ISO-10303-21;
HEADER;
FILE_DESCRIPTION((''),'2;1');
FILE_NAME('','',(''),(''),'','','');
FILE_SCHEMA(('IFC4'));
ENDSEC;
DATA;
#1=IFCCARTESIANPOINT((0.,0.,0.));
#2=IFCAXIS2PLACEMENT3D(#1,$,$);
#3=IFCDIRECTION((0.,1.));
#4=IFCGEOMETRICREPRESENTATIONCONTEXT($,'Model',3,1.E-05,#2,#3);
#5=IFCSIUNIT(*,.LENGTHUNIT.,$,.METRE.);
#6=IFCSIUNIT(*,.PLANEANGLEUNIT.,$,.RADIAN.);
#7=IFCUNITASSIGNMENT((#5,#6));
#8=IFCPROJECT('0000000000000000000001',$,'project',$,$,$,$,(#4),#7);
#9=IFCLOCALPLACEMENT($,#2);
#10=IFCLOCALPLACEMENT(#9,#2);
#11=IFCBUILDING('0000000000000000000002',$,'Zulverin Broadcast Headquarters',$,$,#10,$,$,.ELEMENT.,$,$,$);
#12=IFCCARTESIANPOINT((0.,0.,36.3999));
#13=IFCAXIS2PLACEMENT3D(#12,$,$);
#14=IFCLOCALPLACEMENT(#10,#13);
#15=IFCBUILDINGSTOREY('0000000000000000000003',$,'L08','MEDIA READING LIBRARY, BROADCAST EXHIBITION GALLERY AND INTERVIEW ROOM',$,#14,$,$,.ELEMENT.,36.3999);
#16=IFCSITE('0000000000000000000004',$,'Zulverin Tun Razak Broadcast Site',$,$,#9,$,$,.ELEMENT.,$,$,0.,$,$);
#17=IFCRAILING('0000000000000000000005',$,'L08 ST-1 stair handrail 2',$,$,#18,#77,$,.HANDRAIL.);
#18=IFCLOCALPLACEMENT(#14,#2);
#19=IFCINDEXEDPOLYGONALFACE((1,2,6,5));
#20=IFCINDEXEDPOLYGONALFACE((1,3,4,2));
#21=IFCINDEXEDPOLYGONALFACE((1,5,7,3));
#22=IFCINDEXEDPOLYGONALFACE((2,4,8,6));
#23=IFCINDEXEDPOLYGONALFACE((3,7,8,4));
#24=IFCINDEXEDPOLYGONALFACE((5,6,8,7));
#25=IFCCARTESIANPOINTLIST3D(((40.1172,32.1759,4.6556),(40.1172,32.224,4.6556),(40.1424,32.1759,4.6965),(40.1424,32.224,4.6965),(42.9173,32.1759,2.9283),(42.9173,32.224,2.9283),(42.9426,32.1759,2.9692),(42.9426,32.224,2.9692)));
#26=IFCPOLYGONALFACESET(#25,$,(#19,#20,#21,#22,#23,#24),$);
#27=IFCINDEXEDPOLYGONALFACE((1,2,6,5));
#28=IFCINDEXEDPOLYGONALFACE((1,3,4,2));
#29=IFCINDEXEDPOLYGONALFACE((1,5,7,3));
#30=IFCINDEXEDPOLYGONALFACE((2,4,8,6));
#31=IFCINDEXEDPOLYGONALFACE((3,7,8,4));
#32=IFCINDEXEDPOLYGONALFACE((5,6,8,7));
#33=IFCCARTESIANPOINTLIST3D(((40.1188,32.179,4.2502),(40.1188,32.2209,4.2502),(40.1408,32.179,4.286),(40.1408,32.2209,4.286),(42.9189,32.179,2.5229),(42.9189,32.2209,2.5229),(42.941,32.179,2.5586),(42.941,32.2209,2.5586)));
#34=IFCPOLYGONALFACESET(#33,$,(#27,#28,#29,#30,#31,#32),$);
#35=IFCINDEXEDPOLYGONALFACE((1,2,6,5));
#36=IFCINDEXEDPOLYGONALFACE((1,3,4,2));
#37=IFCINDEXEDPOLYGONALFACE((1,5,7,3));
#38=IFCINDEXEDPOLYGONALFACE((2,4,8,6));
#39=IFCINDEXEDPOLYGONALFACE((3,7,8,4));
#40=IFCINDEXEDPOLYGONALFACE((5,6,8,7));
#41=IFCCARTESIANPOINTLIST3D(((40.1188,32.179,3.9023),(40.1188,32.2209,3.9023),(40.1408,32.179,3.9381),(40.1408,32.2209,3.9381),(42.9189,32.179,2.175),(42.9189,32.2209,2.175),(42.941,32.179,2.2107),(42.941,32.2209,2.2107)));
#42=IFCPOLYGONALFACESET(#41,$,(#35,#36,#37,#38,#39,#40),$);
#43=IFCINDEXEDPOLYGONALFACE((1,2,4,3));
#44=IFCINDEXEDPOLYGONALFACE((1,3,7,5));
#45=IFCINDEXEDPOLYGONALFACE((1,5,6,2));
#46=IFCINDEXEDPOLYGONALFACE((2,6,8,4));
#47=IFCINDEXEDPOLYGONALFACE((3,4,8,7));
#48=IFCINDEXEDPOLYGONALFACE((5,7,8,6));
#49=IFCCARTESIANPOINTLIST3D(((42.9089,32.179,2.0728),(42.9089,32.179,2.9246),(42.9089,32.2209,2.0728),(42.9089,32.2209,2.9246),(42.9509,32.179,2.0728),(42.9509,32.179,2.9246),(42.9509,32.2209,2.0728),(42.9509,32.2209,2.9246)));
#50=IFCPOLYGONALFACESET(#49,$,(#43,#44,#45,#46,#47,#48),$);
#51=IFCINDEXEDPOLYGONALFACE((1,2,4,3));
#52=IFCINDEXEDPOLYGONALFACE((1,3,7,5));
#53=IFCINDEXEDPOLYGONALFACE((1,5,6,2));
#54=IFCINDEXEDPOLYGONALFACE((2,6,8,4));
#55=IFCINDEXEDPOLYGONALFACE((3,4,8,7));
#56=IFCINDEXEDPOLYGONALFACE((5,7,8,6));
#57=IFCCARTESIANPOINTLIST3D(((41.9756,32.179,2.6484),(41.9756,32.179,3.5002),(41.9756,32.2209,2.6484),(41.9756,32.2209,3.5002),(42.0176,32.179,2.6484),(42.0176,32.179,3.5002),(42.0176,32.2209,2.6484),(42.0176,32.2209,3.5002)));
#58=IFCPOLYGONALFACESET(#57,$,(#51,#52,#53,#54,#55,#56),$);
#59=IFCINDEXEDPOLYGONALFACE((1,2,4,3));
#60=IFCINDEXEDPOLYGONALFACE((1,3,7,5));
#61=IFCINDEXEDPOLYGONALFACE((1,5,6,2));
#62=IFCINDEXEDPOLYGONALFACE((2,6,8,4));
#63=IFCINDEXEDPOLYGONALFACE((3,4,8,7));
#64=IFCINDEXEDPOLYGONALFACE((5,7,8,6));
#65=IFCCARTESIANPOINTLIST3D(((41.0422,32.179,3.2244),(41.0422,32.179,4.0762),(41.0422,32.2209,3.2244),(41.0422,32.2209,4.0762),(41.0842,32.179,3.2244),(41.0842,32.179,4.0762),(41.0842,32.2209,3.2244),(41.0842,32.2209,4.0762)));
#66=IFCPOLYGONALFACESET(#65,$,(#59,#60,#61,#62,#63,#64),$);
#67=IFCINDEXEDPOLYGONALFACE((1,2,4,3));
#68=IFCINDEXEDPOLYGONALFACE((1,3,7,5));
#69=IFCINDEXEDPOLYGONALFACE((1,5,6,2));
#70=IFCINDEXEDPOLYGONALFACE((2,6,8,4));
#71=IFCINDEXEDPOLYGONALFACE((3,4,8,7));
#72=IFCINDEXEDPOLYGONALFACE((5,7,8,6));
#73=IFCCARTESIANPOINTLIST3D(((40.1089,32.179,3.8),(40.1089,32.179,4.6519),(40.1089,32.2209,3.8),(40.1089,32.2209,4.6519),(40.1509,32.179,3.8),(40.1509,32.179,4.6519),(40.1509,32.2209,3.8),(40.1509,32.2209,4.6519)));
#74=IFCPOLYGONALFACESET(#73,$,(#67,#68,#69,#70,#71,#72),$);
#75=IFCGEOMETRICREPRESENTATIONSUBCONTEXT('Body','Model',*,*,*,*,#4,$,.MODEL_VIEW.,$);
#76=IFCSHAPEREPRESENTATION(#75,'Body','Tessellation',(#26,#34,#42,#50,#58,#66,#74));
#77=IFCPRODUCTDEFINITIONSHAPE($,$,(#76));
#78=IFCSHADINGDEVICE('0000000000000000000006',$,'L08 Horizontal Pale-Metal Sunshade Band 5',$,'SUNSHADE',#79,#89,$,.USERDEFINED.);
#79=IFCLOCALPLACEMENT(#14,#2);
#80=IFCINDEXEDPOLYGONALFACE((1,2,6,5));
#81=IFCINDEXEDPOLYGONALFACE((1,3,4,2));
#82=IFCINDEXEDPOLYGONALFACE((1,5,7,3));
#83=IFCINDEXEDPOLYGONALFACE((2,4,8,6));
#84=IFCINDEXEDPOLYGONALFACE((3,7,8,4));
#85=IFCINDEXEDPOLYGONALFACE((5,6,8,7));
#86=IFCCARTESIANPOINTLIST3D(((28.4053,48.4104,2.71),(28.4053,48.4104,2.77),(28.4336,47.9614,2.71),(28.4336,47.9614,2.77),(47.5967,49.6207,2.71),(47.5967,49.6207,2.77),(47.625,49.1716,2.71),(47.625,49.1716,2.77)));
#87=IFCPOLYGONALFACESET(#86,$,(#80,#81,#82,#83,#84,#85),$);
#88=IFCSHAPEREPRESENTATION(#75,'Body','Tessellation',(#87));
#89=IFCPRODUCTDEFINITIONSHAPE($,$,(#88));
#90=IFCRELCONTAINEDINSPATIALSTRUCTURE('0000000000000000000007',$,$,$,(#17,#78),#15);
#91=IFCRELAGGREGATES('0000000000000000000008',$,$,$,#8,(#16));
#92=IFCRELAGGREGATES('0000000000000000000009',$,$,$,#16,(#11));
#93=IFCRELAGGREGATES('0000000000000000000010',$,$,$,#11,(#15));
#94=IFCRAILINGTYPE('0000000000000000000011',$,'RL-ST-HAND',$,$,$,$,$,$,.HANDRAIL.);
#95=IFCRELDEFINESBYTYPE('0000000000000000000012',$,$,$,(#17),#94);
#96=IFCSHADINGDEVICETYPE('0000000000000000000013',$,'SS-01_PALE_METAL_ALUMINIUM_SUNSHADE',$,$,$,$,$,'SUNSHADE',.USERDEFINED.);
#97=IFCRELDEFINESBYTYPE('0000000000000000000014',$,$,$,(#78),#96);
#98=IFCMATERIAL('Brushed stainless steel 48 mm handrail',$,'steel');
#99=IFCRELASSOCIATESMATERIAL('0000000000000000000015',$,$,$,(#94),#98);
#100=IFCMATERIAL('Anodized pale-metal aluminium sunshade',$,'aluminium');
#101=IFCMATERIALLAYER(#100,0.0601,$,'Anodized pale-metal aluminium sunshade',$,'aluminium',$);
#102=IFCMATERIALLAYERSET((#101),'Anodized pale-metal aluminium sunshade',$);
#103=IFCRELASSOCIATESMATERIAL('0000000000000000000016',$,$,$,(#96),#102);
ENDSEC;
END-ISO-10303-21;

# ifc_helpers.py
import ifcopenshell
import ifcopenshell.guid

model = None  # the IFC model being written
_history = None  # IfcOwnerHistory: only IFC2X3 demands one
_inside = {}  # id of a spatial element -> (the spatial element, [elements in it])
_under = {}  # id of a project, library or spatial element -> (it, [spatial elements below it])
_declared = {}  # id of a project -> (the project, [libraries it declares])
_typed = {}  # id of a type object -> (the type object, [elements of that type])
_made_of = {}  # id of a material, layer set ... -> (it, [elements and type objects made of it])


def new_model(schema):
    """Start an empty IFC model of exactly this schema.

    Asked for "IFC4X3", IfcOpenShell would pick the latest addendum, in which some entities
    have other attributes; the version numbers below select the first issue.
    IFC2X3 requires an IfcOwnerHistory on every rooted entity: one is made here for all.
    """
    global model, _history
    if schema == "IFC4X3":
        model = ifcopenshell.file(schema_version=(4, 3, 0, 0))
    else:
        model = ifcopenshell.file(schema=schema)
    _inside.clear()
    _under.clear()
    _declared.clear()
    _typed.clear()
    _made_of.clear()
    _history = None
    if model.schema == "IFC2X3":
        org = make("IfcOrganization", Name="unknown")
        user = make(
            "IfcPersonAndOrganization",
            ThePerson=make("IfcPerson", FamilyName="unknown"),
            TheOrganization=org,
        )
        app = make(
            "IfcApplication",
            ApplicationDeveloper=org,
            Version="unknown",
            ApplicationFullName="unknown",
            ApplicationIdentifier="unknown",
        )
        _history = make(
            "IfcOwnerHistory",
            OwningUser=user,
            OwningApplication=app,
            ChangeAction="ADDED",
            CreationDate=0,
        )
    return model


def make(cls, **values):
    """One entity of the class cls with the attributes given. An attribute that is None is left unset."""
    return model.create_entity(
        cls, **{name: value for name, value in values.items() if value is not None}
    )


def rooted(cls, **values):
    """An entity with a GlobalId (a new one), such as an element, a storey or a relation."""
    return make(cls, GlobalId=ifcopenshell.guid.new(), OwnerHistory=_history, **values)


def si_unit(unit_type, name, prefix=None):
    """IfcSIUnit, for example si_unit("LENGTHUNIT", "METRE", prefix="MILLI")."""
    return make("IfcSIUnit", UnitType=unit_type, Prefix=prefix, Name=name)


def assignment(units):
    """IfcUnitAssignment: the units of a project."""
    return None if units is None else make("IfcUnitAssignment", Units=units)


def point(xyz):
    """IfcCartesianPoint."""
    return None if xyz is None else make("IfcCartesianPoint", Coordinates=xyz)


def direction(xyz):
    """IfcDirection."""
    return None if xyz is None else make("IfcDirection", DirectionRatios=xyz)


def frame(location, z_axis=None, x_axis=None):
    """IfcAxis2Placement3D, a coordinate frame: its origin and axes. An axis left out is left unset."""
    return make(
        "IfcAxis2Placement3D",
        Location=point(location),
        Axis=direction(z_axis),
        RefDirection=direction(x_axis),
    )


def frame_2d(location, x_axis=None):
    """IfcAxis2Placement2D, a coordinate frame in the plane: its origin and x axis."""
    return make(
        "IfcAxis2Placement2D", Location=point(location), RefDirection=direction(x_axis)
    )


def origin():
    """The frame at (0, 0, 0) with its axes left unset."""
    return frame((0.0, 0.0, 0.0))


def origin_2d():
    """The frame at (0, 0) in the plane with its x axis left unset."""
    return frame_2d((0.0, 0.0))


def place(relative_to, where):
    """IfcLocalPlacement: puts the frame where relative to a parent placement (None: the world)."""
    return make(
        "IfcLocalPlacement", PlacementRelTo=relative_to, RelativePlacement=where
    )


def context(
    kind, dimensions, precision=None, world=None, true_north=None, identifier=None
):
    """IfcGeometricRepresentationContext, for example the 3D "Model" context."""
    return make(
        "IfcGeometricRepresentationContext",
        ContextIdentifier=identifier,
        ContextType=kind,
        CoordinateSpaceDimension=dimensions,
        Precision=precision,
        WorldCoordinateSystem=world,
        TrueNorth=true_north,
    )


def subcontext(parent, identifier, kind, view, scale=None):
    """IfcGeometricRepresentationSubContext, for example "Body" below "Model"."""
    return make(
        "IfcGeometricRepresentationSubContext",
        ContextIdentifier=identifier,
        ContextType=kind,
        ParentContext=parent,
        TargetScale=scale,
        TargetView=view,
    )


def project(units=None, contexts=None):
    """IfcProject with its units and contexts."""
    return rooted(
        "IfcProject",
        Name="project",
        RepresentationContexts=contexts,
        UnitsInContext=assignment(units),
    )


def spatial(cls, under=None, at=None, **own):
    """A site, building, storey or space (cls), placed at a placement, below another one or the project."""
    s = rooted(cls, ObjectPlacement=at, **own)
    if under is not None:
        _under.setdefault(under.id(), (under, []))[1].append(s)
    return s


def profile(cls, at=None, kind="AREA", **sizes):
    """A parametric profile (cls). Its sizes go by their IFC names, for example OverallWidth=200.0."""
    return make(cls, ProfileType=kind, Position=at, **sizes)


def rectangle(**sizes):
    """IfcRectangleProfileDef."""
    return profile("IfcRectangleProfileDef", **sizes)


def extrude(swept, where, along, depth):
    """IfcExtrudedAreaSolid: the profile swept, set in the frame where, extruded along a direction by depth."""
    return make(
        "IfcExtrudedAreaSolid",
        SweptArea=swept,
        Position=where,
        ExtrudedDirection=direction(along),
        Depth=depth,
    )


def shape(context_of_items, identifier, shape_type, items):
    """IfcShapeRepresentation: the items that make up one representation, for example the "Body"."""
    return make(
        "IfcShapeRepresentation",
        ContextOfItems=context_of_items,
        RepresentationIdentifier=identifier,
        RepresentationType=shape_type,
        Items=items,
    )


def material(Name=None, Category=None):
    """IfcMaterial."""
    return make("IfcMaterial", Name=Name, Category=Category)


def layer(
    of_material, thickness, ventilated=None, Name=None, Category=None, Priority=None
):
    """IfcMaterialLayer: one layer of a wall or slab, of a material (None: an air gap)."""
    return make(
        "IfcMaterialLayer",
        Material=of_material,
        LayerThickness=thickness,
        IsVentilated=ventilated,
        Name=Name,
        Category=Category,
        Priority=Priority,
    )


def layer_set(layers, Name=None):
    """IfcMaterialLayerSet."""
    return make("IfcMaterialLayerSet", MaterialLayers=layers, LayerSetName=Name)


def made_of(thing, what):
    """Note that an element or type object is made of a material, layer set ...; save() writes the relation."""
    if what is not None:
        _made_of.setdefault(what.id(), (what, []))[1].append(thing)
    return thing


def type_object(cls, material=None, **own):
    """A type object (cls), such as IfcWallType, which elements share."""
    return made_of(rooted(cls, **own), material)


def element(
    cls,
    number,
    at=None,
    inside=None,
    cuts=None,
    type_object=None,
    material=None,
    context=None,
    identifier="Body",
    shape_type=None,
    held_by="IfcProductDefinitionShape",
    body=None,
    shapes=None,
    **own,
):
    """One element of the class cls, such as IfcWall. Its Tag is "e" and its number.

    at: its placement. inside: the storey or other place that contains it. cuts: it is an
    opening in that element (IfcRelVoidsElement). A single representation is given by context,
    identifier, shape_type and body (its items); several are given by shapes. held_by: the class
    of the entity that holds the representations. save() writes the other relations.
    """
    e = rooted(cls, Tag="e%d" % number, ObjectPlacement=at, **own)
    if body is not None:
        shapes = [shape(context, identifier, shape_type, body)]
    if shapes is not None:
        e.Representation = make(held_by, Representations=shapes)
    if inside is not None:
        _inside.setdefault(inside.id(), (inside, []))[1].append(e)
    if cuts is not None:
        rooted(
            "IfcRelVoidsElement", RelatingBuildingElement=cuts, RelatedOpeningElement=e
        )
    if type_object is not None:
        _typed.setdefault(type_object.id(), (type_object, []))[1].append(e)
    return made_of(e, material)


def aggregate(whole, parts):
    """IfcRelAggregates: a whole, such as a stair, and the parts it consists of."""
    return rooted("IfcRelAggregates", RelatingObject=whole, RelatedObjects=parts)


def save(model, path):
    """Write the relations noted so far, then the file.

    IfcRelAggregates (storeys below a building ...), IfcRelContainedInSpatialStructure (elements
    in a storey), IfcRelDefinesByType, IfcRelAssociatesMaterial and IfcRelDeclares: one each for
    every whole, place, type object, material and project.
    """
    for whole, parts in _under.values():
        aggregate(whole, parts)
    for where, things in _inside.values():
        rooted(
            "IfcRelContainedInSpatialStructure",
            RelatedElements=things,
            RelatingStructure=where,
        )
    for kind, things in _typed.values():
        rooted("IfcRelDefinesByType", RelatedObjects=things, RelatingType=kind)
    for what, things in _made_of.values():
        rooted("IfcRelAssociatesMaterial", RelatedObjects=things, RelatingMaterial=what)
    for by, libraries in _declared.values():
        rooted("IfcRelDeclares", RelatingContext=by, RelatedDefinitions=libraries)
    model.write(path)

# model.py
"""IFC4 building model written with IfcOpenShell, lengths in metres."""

from ifc_helpers import new_model, si_unit, direction, frame, origin, origin_2d, place, context, subcontext, project, spatial, rectangle, extrude, material, layer, layer_set, type_object, element, save


model = new_model("IFC4")

# Units and contexts
model_context = context("Model", 3, precision=1e-05, world=origin(), true_north=direction((0.0, 1.0)))
body_context = subcontext(model_context, "Body", "Model", "MODEL_VIEW")
ifc_project = project(units=[si_unit("LENGTHUNIT", "METRE"), si_unit("PLANEANGLEUNIT", "RADIAN")], contexts=[model_context])

# Site, building, storey
site_placement = place(None, origin())
site = spatial("IfcSite", under=ifc_project, at=site_placement, Name="Zulverin Tun Razak Broadcast Site", CompositionType="ELEMENT", RefElevation=0.0)
building_placement = place(site_placement, origin())
building = spatial("IfcBuilding", under=site, at=building_placement, Name="Zulverin Broadcast Headquarters", CompositionType="ELEMENT")
storey_placement = place(building_placement, frame((0.0, 0.0, 36.3999)))
storey = spatial("IfcBuildingStorey", under=building, at=storey_placement, Name="L08", Description="MEDIA READING LIBRARY, BROADCAST EXHIBITION GALLERY AND INTERVIEW ROOM", CompositionType="ELEMENT", Elevation=36.3999)

# Railing
ifc_material_1 = material(Name="Brushed stainless steel 48 mm handrail", Category="steel")
railing_type_1 = type_object("IfcRailingType", Name="RL-ST-HAND", PredefinedType="HANDRAIL", material=ifc_material_1)
railing_1_placement = place(storey_placement, frame((42.9299, 32.2, 2.0728)))
element("IfcRailing", 1, at=railing_1_placement, inside=storey, type_object=railing_type_1, Name="L08 ST-1 stair handrail 2", PredefinedType="HANDRAIL", context=body_context, shape_type="SweptSolid", body=[
    extrude(rectangle(XDim=0.0481, YDim=0.0481, at=origin_2d()), frame((0.0, 0.0, 0.876), z_axis=(-0.85109, 0.0, 0.52502), x_axis=(0.0, -1.0, 0.0)), (0.0, 0.0, 1.0), 3.29),
    extrude(rectangle(XDim=0.042, YDim=0.042, at=origin_2d()), frame((0.0, 0.0, 0.468), z_axis=(-0.85109, 0.0, 0.52502), x_axis=(0.0, -1.0, 0.0)), (0.0, 0.0, 1.0), 3.29),
    extrude(rectangle(XDim=0.042, YDim=0.042, at=origin_2d()), frame((0.0, 0.0, 0.1201), z_axis=(-0.85109, 0.0, 0.52502), x_axis=(0.0, -1.0, 0.0)), (0.0, 0.0, 1.0), 3.29),
    extrude(rectangle(XDim=0.042, YDim=0.042, at=origin_2d()), origin(), (0.0, 0.0, 1.0), 0.8518),
    extrude(rectangle(XDim=0.042, YDim=0.042, at=origin_2d()), frame((-0.9333, 0.0, 0.5757)), (0.0, 0.0, 1.0), 0.8518),
    extrude(rectangle(XDim=0.042, YDim=0.042, at=origin_2d()), frame((-1.8667, 0.0, 1.1516)), (0.0, 0.0, 1.0), 0.8518),
    extrude(rectangle(XDim=0.042, YDim=0.042, at=origin_2d()), frame((-2.8, 0.0, 1.7273)), (0.0, 0.0, 1.0), 0.8518),
])

# Shading device
ifc_material_2 = material(Name="Anodized pale-metal aluminium sunshade", Category="aluminium")
ifc_layer_1 = layer(ifc_material_2, 0.0601, Name="Anodized pale-metal aluminium sunshade", Category="aluminium")
ifc_layer_set_1 = layer_set([ifc_layer_1], Name="Anodized pale-metal aluminium sunshade")
shading_device_type = type_object("IfcShadingDeviceType", Name="SS-01_PALE_METAL_ALUMINIUM_SUNSHADE", ElementType="SUNSHADE", PredefinedType="USERDEFINED", material=ifc_layer_set_1)
shading_device_placement = place(storey_placement, frame((38.0151, 48.791, 2.71), z_axis=(0.0, 0.0, 1.0), x_axis=(-0.998018, -0.062935, 0.0)))
element("IfcShadingDevice", 2, at=shading_device_placement, inside=storey, type_object=shading_device_type, Name="L08 Horizontal Pale-Metal Sunshade Band 5", ObjectType="SUNSHADE", PredefinedType="USERDEFINED", context=body_context, shape_type="SweptSolid", body=[
    extrude(rectangle(XDim=19.2295, YDim=0.45, at=origin_2d()), origin(), (0.0, 0.0, 1.0), 0.0601),
])

save(model, "model.ifc")
